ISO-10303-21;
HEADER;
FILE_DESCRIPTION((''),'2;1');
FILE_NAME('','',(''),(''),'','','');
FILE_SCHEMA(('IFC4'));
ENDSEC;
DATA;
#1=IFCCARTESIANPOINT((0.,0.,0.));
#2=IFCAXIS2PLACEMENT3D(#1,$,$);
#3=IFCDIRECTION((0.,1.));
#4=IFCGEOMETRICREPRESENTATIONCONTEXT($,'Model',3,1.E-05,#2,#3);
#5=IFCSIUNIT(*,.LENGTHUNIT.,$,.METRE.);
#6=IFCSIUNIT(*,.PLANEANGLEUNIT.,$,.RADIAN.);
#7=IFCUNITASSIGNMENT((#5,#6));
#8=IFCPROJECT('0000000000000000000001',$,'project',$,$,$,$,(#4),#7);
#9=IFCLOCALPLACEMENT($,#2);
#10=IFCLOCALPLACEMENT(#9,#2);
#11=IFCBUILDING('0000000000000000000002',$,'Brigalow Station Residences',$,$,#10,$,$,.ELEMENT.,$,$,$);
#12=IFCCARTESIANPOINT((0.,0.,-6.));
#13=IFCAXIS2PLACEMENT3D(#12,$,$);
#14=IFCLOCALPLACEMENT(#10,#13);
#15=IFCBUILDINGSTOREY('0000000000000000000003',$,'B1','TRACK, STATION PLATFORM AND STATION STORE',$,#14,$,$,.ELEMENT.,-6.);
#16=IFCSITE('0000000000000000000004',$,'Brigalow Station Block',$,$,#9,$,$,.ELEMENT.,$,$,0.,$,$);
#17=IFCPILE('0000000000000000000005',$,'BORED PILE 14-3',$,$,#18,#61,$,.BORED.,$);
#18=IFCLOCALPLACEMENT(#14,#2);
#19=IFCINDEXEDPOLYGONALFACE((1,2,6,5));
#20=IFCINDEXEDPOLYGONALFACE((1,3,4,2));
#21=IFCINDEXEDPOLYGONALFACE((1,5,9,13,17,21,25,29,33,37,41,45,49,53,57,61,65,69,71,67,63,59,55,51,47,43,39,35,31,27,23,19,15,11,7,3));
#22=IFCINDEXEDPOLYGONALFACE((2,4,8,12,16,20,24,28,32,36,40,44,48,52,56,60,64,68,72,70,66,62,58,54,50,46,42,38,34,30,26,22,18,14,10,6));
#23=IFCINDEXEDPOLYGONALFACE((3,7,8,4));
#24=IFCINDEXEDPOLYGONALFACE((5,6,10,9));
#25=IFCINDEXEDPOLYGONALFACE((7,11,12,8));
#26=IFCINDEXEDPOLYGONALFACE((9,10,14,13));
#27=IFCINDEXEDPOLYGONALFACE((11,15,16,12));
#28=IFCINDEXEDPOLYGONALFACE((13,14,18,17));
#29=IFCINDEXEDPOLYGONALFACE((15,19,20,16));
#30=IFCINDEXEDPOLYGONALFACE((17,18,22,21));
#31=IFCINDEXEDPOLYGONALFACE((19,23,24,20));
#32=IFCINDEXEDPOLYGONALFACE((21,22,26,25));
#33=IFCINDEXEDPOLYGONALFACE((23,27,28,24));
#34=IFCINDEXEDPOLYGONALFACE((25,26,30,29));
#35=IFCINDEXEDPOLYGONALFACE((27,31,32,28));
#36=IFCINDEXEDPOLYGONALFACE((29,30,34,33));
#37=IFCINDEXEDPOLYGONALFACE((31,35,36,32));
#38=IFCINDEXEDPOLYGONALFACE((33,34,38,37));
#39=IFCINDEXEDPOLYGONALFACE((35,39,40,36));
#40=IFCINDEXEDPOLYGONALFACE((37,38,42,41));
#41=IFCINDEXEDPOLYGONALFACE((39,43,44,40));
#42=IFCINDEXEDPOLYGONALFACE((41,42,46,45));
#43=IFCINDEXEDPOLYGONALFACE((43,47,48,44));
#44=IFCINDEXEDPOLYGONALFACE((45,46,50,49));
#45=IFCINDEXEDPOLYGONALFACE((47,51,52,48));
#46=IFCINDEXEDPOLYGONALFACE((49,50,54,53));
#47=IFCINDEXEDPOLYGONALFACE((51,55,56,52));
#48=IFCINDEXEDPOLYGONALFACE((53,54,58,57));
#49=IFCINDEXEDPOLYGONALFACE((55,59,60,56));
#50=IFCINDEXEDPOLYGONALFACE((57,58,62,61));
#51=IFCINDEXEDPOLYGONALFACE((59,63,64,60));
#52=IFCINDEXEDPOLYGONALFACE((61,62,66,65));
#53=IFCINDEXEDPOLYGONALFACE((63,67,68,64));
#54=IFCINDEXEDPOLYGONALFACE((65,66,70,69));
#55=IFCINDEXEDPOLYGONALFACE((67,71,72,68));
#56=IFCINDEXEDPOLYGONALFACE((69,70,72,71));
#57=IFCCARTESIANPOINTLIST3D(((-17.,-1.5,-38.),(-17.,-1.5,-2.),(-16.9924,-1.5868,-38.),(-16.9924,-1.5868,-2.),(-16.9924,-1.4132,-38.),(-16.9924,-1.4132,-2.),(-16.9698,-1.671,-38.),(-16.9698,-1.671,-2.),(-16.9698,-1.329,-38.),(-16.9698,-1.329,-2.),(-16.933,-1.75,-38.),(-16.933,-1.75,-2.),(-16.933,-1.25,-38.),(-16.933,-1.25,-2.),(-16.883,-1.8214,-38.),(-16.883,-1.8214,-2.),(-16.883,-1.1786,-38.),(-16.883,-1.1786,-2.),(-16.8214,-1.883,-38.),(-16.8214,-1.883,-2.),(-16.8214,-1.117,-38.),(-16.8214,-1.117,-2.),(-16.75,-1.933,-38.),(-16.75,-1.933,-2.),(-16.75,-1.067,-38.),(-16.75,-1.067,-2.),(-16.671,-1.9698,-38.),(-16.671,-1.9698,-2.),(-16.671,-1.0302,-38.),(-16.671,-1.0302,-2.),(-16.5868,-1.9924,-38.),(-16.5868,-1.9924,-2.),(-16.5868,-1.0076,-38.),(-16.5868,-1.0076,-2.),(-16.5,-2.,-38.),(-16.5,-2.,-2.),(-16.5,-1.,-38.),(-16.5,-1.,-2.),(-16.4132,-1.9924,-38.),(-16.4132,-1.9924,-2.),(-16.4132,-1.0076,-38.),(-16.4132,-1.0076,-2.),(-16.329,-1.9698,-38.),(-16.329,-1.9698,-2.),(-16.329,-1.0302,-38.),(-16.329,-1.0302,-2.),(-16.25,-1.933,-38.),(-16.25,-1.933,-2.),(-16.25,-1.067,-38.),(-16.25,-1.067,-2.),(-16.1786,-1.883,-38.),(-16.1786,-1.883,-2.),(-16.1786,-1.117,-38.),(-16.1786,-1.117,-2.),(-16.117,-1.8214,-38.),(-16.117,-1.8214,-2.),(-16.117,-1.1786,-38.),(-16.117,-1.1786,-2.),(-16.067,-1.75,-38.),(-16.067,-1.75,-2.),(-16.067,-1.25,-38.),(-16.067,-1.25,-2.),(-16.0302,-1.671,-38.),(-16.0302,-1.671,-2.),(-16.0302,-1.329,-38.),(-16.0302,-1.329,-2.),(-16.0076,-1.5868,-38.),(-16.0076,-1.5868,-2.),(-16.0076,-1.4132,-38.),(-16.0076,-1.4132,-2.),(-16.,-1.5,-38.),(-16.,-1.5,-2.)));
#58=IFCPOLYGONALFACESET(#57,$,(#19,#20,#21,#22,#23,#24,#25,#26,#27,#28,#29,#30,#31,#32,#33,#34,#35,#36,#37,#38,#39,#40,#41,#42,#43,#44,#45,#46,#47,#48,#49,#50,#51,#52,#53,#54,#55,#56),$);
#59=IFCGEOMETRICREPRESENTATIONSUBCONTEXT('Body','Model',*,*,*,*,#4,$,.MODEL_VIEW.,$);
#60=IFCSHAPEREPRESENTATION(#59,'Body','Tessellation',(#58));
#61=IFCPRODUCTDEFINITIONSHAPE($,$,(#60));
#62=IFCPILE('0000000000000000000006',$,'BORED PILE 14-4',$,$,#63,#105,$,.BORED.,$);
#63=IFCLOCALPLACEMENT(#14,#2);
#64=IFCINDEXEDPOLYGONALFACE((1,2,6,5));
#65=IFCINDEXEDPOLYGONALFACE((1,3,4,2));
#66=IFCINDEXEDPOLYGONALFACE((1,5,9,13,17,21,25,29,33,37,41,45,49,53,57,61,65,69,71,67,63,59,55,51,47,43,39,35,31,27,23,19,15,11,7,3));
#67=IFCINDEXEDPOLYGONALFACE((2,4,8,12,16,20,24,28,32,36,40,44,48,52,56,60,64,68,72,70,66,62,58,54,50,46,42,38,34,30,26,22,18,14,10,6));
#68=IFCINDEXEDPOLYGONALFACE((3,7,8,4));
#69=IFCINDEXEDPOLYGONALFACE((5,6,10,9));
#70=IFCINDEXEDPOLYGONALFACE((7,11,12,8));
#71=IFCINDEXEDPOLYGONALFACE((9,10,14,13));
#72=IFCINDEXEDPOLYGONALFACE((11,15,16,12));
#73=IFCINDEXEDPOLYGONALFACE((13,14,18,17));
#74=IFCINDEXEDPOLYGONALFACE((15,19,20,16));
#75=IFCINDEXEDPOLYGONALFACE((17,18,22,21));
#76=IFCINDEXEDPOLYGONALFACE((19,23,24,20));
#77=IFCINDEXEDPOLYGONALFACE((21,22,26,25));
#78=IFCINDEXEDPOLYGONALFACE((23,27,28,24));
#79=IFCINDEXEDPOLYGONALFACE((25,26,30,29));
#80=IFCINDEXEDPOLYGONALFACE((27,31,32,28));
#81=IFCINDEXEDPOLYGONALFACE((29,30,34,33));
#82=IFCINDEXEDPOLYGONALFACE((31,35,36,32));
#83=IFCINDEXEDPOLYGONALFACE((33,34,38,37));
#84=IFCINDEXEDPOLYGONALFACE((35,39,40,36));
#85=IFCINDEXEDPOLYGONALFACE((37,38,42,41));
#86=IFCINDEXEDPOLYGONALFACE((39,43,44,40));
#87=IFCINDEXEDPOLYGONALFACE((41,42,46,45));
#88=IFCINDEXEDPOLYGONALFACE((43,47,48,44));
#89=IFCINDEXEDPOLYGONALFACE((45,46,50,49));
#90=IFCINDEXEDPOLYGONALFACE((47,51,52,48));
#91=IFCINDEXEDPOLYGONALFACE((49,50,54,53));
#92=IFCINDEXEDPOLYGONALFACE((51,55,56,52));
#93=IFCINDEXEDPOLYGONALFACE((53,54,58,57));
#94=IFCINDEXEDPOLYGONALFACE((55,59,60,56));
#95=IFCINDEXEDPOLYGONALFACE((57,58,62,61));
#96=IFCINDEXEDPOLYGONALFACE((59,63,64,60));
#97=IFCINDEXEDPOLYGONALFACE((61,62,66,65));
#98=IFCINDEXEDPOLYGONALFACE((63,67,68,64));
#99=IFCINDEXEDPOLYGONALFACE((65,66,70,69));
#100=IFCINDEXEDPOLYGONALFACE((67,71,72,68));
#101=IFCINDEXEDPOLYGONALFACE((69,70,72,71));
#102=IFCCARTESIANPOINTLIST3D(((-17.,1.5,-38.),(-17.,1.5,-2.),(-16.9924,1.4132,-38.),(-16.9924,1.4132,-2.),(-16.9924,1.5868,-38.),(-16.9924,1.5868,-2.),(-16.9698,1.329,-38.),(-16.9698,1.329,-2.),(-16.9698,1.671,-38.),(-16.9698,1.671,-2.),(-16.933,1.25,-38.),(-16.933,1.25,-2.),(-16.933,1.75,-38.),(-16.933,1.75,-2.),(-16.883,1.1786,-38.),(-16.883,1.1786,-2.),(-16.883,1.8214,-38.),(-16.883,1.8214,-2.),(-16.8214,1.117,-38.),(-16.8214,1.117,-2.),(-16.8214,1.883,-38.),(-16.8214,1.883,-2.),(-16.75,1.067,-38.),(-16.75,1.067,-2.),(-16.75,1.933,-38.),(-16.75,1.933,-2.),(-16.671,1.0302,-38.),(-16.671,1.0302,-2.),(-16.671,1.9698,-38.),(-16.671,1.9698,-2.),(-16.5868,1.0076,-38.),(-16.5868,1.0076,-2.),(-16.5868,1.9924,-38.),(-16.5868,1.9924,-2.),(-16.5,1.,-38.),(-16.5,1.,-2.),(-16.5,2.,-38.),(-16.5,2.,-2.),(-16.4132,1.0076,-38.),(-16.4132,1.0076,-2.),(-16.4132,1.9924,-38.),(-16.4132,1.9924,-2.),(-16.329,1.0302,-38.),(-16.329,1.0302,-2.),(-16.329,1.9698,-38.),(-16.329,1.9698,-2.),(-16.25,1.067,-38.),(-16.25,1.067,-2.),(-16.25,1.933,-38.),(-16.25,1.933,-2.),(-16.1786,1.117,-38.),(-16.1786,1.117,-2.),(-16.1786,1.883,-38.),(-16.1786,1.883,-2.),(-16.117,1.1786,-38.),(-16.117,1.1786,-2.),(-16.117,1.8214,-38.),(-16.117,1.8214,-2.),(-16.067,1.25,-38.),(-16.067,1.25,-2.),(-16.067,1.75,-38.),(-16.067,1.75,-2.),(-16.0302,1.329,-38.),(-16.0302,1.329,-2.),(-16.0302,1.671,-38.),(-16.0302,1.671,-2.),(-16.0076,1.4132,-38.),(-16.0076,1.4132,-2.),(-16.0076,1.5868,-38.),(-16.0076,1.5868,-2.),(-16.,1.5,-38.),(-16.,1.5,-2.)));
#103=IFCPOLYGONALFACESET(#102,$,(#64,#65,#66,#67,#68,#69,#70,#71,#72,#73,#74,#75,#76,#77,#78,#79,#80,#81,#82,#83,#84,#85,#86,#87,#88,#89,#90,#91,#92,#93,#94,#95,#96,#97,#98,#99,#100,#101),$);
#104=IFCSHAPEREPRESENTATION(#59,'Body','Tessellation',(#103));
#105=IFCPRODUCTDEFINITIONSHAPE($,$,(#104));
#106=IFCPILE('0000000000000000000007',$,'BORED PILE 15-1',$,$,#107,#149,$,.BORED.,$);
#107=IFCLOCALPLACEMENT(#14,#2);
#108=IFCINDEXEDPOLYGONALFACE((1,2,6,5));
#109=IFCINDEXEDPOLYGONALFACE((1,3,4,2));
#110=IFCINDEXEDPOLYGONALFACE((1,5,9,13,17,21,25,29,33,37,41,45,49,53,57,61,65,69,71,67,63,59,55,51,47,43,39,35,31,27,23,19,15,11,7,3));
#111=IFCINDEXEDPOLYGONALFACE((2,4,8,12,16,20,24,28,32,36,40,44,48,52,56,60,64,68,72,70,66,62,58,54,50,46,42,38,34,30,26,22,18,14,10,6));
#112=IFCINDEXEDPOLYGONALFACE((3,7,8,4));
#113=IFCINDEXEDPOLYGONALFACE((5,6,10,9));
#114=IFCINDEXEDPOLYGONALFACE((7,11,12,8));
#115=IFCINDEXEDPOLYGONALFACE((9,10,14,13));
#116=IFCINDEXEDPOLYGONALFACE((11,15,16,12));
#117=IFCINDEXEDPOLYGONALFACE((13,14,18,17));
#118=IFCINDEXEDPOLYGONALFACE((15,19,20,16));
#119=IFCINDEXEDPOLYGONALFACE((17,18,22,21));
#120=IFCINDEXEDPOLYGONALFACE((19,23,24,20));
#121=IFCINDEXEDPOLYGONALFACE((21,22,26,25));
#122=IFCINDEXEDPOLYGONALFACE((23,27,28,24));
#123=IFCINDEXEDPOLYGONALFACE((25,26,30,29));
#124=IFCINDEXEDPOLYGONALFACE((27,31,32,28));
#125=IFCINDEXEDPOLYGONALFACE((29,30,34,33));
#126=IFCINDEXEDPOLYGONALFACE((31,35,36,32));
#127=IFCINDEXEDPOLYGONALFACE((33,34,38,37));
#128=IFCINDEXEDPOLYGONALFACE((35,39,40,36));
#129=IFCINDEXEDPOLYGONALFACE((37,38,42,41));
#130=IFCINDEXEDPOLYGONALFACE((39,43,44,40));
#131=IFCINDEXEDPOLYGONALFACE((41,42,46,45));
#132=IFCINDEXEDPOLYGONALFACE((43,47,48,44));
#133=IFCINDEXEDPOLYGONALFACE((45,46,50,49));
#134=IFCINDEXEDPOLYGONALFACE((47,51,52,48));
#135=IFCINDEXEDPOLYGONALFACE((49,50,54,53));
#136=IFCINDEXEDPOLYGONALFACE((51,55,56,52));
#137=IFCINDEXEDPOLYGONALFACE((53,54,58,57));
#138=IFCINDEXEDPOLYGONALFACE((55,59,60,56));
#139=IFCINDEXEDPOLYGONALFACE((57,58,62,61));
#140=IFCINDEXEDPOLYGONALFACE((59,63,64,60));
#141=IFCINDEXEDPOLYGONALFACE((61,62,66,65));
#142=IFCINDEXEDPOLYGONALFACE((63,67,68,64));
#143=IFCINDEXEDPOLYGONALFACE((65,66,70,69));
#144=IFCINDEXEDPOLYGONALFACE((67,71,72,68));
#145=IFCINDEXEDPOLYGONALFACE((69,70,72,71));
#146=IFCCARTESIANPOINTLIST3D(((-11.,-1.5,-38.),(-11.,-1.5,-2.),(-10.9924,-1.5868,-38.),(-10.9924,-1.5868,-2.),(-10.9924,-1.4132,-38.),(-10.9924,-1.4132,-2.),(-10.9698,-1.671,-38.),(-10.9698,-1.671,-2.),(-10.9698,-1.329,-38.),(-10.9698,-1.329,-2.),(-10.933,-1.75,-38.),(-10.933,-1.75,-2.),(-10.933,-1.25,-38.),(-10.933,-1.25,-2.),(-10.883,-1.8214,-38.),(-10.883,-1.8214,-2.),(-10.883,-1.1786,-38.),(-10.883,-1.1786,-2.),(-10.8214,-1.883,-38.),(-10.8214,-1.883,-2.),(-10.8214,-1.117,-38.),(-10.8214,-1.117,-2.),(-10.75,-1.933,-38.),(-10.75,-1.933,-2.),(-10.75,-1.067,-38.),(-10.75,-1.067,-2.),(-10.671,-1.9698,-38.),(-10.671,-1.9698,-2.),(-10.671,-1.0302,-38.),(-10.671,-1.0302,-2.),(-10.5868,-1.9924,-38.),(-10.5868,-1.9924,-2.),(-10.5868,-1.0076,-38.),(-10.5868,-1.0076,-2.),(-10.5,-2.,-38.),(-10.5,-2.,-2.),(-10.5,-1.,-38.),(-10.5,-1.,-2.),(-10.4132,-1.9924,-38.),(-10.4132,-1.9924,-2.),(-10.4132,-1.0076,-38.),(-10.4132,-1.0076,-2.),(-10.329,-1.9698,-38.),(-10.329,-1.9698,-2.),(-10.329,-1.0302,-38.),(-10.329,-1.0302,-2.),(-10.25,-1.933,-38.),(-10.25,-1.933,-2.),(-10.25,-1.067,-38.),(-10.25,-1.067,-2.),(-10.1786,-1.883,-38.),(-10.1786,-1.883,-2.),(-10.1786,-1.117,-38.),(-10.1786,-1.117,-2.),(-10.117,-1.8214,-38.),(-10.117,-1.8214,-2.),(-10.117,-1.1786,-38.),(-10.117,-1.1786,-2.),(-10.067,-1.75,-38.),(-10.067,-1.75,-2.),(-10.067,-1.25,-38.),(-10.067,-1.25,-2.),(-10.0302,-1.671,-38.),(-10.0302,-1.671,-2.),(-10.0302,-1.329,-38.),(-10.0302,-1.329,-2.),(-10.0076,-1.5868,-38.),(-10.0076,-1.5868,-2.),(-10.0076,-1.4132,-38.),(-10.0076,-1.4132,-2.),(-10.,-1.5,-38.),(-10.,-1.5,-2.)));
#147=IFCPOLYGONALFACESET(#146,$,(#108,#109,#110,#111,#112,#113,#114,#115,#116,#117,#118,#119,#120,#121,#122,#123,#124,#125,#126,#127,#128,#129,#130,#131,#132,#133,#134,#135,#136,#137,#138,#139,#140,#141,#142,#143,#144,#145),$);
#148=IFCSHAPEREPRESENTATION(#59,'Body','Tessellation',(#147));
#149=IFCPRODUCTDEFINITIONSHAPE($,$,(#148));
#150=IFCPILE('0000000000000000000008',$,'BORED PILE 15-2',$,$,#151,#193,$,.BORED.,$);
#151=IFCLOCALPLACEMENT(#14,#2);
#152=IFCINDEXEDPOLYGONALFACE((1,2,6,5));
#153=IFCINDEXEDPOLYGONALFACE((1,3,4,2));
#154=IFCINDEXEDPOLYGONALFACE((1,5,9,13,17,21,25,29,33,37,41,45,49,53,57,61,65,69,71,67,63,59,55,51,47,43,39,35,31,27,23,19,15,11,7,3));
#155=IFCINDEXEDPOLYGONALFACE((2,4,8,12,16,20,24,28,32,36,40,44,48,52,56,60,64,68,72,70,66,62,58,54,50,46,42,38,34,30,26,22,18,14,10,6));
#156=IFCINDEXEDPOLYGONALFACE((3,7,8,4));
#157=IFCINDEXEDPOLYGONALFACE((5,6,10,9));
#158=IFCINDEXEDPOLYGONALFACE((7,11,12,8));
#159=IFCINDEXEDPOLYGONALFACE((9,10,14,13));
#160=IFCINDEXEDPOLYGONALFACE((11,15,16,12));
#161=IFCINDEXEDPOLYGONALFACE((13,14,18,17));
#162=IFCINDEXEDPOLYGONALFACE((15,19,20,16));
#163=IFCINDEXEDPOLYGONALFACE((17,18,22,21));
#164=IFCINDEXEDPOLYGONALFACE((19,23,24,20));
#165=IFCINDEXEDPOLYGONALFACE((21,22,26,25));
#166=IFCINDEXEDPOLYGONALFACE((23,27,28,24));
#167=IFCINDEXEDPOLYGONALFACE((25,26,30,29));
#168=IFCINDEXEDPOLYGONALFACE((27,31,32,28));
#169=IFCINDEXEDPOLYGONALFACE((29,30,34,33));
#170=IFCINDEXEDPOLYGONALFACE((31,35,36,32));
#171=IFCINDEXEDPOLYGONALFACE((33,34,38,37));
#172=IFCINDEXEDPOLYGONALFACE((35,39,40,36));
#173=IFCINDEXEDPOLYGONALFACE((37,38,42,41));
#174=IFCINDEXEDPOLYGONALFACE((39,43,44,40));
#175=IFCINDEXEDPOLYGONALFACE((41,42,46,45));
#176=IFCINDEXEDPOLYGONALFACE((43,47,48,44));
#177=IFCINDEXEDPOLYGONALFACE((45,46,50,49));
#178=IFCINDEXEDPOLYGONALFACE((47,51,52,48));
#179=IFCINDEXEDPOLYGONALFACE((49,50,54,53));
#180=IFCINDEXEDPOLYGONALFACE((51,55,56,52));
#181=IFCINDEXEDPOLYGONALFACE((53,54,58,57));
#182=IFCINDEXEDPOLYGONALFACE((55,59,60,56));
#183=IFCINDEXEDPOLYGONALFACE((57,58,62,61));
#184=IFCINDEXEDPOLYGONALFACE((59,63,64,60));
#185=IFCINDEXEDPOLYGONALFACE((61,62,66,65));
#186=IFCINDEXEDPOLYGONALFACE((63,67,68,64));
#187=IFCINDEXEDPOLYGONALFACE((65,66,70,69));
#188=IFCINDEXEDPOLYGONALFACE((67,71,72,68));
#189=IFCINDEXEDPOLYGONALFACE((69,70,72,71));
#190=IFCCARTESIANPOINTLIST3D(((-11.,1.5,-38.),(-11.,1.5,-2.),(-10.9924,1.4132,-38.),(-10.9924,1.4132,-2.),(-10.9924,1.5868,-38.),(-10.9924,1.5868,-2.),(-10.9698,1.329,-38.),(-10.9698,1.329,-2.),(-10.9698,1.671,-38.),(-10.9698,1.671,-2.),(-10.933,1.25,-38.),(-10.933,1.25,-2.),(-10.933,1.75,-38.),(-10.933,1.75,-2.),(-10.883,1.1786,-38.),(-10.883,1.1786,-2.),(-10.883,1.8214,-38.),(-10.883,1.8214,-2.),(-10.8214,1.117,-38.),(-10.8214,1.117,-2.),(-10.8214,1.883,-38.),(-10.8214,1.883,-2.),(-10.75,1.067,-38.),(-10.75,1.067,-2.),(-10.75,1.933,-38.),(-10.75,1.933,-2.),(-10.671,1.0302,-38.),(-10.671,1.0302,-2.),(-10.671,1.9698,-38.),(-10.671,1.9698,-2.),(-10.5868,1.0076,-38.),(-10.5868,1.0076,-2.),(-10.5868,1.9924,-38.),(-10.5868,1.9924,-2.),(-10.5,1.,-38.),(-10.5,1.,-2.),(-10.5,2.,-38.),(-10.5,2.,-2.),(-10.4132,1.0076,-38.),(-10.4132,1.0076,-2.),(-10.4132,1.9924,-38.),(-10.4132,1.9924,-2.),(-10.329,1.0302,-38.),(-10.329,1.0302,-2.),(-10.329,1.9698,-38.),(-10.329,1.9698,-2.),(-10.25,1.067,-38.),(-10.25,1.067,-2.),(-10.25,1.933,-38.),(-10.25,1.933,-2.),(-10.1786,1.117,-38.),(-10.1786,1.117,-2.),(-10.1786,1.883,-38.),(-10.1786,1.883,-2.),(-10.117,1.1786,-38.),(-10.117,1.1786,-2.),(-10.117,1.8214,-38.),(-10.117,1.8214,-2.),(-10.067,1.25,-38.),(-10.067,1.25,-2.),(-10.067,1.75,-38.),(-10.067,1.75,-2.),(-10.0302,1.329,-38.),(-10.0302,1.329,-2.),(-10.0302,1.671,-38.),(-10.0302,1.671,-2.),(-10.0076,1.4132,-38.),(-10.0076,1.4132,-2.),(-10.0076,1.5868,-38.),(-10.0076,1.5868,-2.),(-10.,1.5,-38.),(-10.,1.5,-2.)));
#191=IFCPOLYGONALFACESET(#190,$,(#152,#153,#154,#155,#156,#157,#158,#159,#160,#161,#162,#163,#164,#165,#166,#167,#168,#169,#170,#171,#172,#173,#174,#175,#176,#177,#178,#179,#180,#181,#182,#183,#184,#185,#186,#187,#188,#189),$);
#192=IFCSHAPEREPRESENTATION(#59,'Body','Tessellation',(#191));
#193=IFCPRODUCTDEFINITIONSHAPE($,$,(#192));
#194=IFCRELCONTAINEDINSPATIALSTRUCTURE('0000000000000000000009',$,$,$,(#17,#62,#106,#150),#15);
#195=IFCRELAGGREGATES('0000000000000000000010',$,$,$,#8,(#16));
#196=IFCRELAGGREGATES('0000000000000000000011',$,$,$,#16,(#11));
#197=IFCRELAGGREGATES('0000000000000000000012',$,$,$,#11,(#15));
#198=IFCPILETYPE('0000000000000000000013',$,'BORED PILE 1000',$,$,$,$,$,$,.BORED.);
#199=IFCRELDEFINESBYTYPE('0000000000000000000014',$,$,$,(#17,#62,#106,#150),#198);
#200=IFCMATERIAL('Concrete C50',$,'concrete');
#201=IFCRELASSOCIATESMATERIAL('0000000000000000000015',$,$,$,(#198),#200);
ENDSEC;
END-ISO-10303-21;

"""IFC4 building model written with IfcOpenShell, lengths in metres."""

from ifc_helpers import new_model, si_unit, direction, frame, origin, origin_2d, place, context, subcontext, project, spatial, circle, extrude, material, material_profile, profile_set, type_object, element, save


model = new_model("IFC4")

# Units and contexts
model_context = context("Model", 3, precision=1e-05, world=origin(), true_north=direction((0.0, 1.0)))
body_context = subcontext(model_context, "Body", "Model", "MODEL_VIEW")
ifc_project = project(units=[si_unit("LENGTHUNIT", "METRE"), si_unit("PLANEANGLEUNIT", "RADIAN")], contexts=[model_context])

# Site, building, storey
site_placement = place(None, origin())
site = spatial("IfcSite", under=ifc_project, at=site_placement, Name="Brigalow Station Block", CompositionType="ELEMENT", RefElevation=0.0)
building_placement = place(site_placement, origin())
building = spatial("IfcBuilding", under=site, at=building_placement, Name="Brigalow Station Residences", CompositionType="ELEMENT")
storey_placement = place(building_placement, frame((0.0, 0.0, -6.0)))
storey = spatial("IfcBuildingStorey", under=building, at=storey_placement, Name="B1", Description="TRACK, STATION PLATFORM AND STATION STORE", CompositionType="ELEMENT", Elevation=-6.0)

# Piles
ifc_material_1 = material(Name="Concrete C50", Category="concrete")
ifc_material_profile_1 = material_profile(ifc_material_1, circle(Radius=0.5, at=origin_2d()), Name="BP1000")
ifc_profile_set_1 = profile_set([ifc_material_profile_1], Name="Concrete C50")
pile_type_1 = type_object("IfcPileType", Name="BORED PILE 1000", PredefinedType="BORED", material=ifc_profile_set_1)
for number, where, z_axis, x_axis, name in (
    (1, (-16.5, -1.5, -2.0), (0.0, 0.0, -1.0), (1.0, 0.0, 0.0), "BORED PILE 14-3"),
    (2, (-16.5, 1.5, -2.0), (0.0, 0.0, -1.0), (1.0, 0.0, 0.0), "BORED PILE 14-4"),
    (3, (-10.5, -1.5, -2.0), (0.0, 0.0, -1.0), (1.0, 0.0, 0.0), "BORED PILE 15-1"),
    (4, (-10.5, 1.5, -2.0), (0.0, 0.0, -1.0), (1.0, 0.0, 0.0), "BORED PILE 15-2"),
):
    element("IfcPile", number, at=place(storey_placement, frame(where, z_axis=z_axis, x_axis=x_axis)), inside=storey, type_object=pile_type_1, Name=name, PredefinedType="BORED", context=body_context, shape_type="SweptSolid", body=[
        extrude(circle(Radius=0.5, at=origin_2d()), origin(), (0.0, 0.0, 1.0), 36.0),
    ])

save(model, "model.ifc")
